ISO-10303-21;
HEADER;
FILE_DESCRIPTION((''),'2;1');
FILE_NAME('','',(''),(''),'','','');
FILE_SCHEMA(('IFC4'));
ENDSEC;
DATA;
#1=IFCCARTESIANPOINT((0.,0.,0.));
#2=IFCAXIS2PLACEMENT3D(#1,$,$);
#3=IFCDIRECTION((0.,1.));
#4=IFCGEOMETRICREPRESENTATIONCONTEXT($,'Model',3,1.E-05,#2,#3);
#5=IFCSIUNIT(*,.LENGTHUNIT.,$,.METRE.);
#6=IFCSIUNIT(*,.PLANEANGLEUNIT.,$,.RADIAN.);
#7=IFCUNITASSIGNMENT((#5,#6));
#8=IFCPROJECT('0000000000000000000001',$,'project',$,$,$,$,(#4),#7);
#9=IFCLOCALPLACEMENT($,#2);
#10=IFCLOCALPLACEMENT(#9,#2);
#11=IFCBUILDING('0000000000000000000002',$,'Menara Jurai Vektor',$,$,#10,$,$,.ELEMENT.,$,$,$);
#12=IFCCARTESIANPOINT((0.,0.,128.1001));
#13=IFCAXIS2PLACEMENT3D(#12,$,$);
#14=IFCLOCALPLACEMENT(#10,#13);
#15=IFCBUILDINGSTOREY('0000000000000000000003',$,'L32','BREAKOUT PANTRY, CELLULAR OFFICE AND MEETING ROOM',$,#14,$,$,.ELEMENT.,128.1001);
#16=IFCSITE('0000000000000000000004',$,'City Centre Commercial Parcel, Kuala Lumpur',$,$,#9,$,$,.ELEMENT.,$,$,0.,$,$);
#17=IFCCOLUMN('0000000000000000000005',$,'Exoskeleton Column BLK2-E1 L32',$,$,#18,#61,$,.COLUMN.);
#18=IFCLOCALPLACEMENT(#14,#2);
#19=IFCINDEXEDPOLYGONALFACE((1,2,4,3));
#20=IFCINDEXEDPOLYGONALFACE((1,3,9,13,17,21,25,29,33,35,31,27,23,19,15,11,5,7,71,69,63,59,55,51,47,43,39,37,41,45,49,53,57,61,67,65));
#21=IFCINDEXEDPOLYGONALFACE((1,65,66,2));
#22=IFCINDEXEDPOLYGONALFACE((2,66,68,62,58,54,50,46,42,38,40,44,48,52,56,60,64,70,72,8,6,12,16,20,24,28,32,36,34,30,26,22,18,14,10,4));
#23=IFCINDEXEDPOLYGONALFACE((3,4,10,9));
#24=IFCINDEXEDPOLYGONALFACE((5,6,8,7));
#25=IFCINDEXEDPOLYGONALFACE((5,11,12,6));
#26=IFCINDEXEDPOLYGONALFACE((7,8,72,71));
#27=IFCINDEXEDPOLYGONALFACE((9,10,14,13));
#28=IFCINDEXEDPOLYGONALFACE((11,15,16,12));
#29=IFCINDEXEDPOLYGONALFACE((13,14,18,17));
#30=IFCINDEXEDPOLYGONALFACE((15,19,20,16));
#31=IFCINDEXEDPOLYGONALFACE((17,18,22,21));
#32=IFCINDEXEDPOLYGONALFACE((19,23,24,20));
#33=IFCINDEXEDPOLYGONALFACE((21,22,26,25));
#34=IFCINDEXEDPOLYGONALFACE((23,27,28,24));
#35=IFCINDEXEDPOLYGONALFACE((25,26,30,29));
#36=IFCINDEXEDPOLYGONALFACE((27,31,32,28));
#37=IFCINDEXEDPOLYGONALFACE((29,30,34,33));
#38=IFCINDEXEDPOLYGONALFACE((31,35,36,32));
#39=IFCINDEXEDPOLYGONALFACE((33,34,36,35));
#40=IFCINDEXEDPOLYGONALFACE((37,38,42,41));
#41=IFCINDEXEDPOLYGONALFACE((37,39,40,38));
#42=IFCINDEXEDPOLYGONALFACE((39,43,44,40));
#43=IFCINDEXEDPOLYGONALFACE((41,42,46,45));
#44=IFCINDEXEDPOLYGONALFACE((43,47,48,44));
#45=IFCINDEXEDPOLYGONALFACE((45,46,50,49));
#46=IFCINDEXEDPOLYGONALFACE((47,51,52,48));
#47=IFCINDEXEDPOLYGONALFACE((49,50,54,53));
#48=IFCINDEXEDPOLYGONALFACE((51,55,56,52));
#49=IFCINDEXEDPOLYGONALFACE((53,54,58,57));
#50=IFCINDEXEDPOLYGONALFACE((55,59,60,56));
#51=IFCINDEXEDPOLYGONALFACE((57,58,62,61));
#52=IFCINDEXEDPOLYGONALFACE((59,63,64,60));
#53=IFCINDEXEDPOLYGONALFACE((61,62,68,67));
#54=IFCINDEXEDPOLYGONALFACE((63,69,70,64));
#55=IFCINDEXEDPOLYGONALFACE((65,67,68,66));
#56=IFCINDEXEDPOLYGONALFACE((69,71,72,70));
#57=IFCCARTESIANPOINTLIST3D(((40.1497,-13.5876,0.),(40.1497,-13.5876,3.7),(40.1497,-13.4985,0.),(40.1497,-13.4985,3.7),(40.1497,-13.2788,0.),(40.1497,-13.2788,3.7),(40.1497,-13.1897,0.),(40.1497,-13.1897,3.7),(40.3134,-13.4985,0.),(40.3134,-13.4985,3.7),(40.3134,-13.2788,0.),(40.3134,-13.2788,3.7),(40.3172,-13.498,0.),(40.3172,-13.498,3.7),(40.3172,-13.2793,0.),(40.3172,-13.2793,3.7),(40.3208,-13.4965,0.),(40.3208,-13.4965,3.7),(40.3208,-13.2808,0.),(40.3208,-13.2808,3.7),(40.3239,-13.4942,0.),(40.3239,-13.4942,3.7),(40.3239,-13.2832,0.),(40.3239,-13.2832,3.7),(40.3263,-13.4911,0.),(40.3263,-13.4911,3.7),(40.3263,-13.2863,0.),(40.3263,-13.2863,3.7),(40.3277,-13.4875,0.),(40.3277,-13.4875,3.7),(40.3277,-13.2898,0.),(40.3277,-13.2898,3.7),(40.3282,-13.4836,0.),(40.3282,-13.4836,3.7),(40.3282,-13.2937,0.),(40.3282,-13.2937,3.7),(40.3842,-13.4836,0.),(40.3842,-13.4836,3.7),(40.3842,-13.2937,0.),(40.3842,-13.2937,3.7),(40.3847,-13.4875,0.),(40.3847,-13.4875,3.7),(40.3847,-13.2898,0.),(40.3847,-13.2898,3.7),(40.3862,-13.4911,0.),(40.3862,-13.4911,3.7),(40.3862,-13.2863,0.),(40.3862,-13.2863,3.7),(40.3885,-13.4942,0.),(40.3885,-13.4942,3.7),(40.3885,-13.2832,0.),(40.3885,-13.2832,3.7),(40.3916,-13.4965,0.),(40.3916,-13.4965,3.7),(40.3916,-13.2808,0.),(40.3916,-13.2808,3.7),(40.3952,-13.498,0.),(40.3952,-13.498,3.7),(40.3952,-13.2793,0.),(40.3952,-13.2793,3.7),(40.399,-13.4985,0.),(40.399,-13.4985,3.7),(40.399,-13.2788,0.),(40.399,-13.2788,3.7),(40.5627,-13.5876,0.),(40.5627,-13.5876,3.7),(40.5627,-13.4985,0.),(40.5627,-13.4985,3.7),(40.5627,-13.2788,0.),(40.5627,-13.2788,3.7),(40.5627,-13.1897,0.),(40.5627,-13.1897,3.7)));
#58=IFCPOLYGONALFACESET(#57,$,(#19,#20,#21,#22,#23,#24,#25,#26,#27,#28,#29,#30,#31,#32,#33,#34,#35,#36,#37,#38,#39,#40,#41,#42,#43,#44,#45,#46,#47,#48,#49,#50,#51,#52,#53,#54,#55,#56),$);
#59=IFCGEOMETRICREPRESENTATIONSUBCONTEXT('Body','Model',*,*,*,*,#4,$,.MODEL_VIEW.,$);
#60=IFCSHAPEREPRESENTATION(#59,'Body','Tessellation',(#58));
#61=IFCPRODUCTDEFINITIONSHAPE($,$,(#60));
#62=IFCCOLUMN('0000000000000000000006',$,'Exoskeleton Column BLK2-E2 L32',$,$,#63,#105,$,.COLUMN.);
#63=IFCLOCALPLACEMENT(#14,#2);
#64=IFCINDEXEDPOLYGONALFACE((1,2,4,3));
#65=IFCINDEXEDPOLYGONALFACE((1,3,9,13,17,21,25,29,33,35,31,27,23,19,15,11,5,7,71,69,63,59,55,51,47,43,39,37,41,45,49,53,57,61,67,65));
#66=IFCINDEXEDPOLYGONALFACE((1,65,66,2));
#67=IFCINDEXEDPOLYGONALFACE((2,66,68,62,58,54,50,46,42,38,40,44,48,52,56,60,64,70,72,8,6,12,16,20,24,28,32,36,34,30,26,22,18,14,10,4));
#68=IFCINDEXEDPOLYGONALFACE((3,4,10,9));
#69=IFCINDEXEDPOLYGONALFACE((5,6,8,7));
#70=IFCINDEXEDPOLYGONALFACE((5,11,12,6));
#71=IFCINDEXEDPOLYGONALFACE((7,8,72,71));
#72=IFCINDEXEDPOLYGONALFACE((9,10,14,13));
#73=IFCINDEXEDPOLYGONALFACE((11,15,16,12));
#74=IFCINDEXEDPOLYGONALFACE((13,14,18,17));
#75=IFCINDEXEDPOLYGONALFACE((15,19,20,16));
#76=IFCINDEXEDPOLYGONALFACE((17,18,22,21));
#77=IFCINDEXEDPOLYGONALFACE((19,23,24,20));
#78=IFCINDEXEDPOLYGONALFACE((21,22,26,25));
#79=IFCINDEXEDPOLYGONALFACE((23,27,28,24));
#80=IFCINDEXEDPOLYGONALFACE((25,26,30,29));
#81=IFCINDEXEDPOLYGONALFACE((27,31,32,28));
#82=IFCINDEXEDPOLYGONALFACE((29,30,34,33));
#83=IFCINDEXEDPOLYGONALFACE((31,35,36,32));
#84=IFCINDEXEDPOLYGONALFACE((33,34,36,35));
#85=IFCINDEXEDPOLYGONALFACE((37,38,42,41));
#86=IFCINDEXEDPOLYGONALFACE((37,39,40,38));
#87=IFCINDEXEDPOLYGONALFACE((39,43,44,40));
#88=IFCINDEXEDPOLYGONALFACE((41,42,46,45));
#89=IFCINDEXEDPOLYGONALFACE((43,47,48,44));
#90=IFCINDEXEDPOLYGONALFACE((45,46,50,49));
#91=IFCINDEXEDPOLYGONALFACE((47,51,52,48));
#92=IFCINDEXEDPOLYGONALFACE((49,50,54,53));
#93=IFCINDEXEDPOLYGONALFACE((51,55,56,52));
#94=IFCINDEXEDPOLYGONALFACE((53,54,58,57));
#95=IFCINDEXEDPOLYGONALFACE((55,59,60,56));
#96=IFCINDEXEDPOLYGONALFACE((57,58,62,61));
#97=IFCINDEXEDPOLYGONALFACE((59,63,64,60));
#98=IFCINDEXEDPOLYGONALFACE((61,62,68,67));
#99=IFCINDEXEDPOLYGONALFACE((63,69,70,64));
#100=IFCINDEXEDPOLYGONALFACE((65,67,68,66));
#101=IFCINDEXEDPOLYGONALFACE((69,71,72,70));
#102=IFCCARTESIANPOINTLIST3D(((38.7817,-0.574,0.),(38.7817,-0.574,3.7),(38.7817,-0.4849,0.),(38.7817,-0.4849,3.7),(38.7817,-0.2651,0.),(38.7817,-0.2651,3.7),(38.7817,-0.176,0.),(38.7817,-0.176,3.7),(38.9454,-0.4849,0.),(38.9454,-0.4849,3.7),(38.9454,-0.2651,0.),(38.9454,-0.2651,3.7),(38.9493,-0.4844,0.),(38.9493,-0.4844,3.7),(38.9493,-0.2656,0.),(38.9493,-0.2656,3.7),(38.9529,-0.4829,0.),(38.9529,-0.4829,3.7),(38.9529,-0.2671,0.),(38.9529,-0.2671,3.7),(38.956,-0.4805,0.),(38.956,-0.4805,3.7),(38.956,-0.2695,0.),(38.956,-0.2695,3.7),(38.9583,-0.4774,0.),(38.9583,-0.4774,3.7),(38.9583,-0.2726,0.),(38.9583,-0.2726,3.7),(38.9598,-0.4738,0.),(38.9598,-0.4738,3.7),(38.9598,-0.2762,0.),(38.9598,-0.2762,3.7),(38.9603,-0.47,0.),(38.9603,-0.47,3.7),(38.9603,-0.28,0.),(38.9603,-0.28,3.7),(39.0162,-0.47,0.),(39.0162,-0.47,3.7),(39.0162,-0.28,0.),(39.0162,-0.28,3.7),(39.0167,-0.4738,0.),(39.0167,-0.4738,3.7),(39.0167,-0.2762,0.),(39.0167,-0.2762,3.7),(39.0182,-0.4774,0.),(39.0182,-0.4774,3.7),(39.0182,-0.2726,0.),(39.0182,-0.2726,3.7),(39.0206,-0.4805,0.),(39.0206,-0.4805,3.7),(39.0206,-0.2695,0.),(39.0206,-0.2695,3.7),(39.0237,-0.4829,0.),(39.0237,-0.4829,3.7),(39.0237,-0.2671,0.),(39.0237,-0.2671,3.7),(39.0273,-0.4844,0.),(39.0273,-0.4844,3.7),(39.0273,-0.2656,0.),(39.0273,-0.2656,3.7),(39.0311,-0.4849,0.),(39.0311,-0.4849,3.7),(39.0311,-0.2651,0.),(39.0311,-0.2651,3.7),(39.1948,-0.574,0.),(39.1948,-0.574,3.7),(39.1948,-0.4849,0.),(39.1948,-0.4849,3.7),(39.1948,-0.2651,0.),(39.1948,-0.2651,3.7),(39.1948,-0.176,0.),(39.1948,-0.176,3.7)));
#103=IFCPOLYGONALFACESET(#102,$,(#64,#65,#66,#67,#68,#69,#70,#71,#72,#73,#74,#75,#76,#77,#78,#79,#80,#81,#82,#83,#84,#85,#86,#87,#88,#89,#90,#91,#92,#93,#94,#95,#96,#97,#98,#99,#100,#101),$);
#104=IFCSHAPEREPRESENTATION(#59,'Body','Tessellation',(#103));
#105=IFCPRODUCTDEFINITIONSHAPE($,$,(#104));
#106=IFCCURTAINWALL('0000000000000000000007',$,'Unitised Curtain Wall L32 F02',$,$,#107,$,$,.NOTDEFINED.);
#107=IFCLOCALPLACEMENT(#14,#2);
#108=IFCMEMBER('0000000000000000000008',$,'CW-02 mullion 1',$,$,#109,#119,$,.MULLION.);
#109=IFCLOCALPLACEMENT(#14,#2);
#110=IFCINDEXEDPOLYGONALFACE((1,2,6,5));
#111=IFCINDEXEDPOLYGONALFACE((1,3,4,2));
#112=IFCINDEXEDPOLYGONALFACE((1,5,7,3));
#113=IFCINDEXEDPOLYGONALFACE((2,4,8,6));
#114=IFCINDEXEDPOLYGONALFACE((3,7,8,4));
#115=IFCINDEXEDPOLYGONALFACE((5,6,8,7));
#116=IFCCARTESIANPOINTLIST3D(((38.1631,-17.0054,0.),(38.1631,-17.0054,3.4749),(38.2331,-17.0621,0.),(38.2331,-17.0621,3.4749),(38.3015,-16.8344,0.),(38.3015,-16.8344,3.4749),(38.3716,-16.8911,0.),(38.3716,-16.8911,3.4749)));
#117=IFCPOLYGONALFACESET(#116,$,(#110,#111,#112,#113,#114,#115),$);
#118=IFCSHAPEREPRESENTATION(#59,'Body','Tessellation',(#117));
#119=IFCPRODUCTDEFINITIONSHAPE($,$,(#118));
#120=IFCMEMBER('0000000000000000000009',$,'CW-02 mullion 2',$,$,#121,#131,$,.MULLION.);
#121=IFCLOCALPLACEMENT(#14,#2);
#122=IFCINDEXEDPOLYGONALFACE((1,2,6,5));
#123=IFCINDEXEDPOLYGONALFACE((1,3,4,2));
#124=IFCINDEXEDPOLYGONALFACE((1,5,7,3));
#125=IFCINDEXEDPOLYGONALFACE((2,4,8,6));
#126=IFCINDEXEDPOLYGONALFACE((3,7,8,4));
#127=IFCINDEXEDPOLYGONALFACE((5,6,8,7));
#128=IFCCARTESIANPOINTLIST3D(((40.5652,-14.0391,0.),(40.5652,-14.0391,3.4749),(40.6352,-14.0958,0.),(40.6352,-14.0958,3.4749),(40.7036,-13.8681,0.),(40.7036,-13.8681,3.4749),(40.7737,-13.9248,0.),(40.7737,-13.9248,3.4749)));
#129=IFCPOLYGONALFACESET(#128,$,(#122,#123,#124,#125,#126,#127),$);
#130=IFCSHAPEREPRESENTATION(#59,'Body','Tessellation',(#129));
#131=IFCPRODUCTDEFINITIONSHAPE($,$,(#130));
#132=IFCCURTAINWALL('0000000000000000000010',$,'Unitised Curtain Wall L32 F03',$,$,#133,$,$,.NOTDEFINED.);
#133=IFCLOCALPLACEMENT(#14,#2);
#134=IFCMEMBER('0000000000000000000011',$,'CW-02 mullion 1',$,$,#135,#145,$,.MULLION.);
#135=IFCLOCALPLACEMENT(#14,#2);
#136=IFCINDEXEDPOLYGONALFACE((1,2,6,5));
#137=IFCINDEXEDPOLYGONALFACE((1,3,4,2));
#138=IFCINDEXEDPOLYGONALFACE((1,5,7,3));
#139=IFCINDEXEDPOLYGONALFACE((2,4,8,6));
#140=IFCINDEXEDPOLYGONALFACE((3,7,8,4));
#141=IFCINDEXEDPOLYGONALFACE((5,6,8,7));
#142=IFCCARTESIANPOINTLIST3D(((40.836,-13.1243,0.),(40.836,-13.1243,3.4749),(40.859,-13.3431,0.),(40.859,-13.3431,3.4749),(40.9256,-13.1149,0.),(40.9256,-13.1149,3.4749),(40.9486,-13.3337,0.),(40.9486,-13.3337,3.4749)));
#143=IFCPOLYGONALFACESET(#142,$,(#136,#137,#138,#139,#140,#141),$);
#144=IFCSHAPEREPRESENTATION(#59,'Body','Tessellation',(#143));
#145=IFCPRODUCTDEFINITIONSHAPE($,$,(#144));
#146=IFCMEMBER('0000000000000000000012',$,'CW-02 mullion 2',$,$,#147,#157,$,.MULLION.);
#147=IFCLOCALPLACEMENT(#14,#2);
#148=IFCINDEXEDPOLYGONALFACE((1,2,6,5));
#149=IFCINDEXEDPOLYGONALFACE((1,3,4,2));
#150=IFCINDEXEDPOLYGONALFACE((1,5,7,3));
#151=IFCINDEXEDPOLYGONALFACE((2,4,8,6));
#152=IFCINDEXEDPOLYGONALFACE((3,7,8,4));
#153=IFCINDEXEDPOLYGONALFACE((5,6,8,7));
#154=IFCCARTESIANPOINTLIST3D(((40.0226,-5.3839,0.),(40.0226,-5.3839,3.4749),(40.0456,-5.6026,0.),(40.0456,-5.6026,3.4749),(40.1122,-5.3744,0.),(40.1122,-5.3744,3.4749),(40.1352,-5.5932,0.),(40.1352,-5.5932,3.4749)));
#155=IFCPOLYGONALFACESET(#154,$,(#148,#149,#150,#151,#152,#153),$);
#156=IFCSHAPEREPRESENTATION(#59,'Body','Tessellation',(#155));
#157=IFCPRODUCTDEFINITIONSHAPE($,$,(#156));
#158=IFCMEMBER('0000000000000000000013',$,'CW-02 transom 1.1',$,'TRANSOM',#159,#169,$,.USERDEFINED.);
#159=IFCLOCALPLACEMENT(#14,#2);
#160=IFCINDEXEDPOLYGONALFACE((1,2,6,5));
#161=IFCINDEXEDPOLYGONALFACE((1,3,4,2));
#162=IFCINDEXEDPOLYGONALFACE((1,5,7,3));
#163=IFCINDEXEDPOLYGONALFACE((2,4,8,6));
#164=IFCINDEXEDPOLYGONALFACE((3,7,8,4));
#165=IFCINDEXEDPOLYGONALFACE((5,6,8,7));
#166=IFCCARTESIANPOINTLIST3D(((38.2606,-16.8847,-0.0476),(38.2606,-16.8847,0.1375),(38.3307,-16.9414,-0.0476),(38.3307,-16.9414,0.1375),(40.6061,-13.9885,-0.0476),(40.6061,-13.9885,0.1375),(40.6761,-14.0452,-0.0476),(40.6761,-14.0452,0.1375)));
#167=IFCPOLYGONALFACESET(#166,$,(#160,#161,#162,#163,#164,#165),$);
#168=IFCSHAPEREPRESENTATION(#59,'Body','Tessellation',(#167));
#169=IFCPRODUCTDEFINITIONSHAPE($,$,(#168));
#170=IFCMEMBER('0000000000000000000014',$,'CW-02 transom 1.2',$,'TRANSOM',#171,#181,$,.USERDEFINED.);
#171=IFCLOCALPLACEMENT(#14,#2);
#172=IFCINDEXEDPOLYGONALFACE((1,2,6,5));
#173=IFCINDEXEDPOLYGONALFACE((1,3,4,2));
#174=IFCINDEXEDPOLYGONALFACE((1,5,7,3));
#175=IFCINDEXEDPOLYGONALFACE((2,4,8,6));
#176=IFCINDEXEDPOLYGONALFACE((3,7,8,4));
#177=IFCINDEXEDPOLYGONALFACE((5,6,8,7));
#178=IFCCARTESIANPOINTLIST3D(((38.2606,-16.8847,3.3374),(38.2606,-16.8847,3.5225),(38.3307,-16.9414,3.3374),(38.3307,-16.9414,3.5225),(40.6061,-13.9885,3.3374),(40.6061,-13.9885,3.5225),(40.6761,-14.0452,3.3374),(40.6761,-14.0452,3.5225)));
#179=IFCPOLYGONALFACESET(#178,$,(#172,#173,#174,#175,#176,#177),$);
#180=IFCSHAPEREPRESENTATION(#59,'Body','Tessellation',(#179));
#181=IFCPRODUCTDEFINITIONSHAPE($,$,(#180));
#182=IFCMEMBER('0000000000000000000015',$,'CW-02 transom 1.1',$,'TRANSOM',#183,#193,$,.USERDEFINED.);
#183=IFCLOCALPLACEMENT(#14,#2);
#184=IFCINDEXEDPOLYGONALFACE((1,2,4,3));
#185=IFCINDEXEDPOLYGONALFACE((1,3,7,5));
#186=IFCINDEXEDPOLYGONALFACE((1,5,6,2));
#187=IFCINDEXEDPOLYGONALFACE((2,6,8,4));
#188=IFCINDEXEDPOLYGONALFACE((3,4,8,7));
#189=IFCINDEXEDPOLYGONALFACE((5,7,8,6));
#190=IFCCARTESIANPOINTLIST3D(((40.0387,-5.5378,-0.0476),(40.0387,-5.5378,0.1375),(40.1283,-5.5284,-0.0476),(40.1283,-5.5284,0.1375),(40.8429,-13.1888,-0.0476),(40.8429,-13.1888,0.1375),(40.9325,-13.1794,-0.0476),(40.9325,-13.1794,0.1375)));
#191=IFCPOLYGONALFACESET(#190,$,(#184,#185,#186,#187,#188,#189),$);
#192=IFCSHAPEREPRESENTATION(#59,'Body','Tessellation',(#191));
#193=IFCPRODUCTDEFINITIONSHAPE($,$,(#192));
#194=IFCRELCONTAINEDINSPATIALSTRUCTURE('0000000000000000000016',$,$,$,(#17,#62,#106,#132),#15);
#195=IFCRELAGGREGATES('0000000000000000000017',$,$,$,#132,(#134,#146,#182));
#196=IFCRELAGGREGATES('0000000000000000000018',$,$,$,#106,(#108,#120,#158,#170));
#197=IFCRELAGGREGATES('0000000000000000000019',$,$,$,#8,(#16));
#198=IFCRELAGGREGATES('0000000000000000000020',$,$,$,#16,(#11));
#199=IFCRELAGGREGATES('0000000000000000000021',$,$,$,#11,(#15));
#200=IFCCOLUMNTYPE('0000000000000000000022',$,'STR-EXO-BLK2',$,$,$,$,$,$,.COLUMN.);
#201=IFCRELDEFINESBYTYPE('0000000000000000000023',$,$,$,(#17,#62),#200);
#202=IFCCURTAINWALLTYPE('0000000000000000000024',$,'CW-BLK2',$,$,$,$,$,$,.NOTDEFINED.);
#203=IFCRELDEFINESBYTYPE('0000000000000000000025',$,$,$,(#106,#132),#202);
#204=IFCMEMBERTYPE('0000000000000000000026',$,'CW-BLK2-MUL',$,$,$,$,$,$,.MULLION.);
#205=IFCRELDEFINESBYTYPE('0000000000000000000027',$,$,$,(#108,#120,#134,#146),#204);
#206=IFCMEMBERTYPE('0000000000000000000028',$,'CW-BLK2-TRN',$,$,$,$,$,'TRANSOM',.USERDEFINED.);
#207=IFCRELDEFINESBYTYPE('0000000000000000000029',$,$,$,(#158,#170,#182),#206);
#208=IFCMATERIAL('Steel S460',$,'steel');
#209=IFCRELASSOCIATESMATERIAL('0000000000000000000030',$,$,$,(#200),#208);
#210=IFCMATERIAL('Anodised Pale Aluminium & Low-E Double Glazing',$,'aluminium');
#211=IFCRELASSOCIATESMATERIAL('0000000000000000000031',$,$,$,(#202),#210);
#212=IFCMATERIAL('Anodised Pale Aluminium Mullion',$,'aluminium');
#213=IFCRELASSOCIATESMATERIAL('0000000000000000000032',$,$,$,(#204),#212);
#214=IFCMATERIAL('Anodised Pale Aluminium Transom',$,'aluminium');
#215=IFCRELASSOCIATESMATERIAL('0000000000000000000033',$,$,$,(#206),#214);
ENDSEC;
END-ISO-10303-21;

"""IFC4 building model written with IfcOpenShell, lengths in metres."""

from ifc_helpers import new_model, si_unit, direction, frame, origin, origin_2d, place, context, subcontext, project, spatial, rectangle, i_section, extrude, material, material_profile, profile_set, type_object, element, aggregate, save


model = new_model("IFC4")

# Units and contexts
model_context = context("Model", 3, precision=1e-05, world=origin(), true_north=direction((0.0, 1.0)))
body_context = subcontext(model_context, "Body", "Model", "MODEL_VIEW")
ifc_project = project(units=[si_unit("LENGTHUNIT", "METRE"), si_unit("PLANEANGLEUNIT", "RADIAN")], contexts=[model_context])

# Site, building, storey
site_placement = place(None, origin())
site = spatial("IfcSite", under=ifc_project, at=site_placement, Name="City Centre Commercial Parcel, Kuala Lumpur", CompositionType="ELEMENT", RefElevation=0.0)
building_placement = place(site_placement, origin())
building = spatial("IfcBuilding", under=site, at=building_placement, Name="Menara Jurai Vektor", CompositionType="ELEMENT")
storey_placement = place(building_placement, frame((0.0, 0.0, 128.1001)))
storey = spatial("IfcBuildingStorey", under=building, at=storey_placement, Name="L32", Description="BREAKOUT PANTRY, CELLULAR OFFICE AND MEETING ROOM", CompositionType="ELEMENT", Elevation=128.1001)

# Columns
ifc_material_1 = material(Name="Steel S460", Category="steel")
ifc_material_profile_1 = material_profile(ifc_material_1, i_section(OverallWidth=0.4131, OverallDepth=0.3979, WebThickness=0.0559, FlangeThickness=0.0891, FilletRadius=0.0149, at=origin_2d()), Name="HD 400x744")
ifc_profile_set_1 = profile_set([ifc_material_profile_1], Name="Steel S460")
column_type = type_object("IfcColumnType", Name="STR-EXO-BLK2", PredefinedType="COLUMN", material=ifc_profile_set_1)
for number, where, z_axis, x_axis, name in (
    (1, (40.3562, -13.3887, 0.0), (0.0, 0.0, 1.0), (1.0, 0.0, 0.0), "Exoskeleton Column BLK2-E1 L32"),
    (2, (38.9883, -0.375, 0.0), (0.0, 0.0, 1.0), (1.0, 0.0, 0.0), "Exoskeleton Column BLK2-E2 L32"),
):
    element("IfcColumn", number, at=place(storey_placement, frame(where, z_axis=z_axis, x_axis=x_axis)), inside=storey, type_object=column_type, Name=name, PredefinedType="COLUMN", context=body_context, shape_type="SweptSolid", body=[
        extrude(i_section(OverallWidth=0.4131, OverallDepth=0.3979, WebThickness=0.0559, FlangeThickness=0.0891, FilletRadius=0.0149, at=origin_2d()), origin(), (0.0, 0.0, 1.0), 3.7),
    ])

# Curtain walls, members
ifc_material_2 = material(Name="Anodised Pale Aluminium & Low-E Double Glazing", Category="aluminium")
curtain_wall_type = type_object("IfcCurtainWallType", Name="CW-BLK2", PredefinedType="NOTDEFINED", material=ifc_material_2)
curtain_wall_1_placement = place(storey_placement, origin())
curtain_wall_1 = element("IfcCurtainWall", 3, at=curtain_wall_1_placement, inside=storey, type_object=curtain_wall_type, Name="Unitised Curtain Wall L32 F02", PredefinedType="NOTDEFINED")
ifc_material_3 = material(Name="Anodised Pale Aluminium Mullion", Category="aluminium")
ifc_material_profile_2 = material_profile(ifc_material_3, rectangle(XDim=0.0901, YDim=0.22, at=origin_2d()), Name="ALU MUL 90x220")
ifc_profile_set_2 = profile_set([ifc_material_profile_2], Name="Anodised Pale Aluminium Mullion")
member_type_1 = type_object("IfcMemberType", Name="CW-BLK2-MUL", PredefinedType="MULLION", material=ifc_profile_set_2)
member_1_placement = place(storey_placement, frame((38.2673, -16.9482, 0.0), z_axis=(0.0, 0.0, 1.0), x_axis=(-0.777129, 0.629341, 0.0)))
member_1 = element("IfcMember", 4, at=member_1_placement, type_object=member_type_1, Name="CW-02 mullion 1", PredefinedType="MULLION", context=body_context, shape_type="SweptSolid", body=[
    extrude(rectangle(XDim=0.0901, YDim=0.22, at=origin_2d()), origin(), (0.0, 0.0, 1.0), 3.4749),
])
member_2_placement = place(storey_placement, frame((40.6694, -13.9819, 0.0), z_axis=(0.0, 0.0, 1.0), x_axis=(-0.777129, 0.629341, 0.0)))
member_2 = element("IfcMember", 5, at=member_2_placement, type_object=member_type_1, Name="CW-02 mullion 2", PredefinedType="MULLION", context=body_context, shape_type="SweptSolid", body=[
    extrude(rectangle(XDim=0.0901, YDim=0.22, at=origin_2d()), origin(), (0.0, 0.0, 1.0), 3.4749),
])
curtain_wall_2_placement = place(storey_placement, origin())
curtain_wall_2 = element("IfcCurtainWall", 6, at=curtain_wall_2_placement, inside=storey, type_object=curtain_wall_type, Name="Unitised Curtain Wall L32 F03", PredefinedType="NOTDEFINED")
member_3_placement = place(storey_placement, frame((40.8923, -13.229, 0.0), z_axis=(0.0, 0.0, 1.0), x_axis=(-0.994522, -0.10453, 0.0)))
member_3 = element("IfcMember", 7, at=member_3_placement, type_object=member_type_1, Name="CW-02 mullion 1", PredefinedType="MULLION", context=body_context, shape_type="SweptSolid", body=[
    extrude(rectangle(XDim=0.0901, YDim=0.22, at=origin_2d()), origin(), (0.0, 0.0, 1.0), 3.4749),
])
member_4_placement = place(storey_placement, frame((40.0789, -5.4885, 0.0), z_axis=(0.0, 0.0, 1.0), x_axis=(-0.994522, -0.10453, 0.0)))
member_4 = element("IfcMember", 8, at=member_4_placement, type_object=member_type_1, Name="CW-02 mullion 2", PredefinedType="MULLION", context=body_context, shape_type="SweptSolid", body=[
    extrude(rectangle(XDim=0.0901, YDim=0.22, at=origin_2d()), origin(), (0.0, 0.0, 1.0), 3.4749),
])

# Members
ifc_material_4 = material(Name="Anodised Pale Aluminium Transom", Category="aluminium")
ifc_material_profile_3 = material_profile(ifc_material_4, rectangle(XDim=0.0901, YDim=0.1851, at=origin_2d()), Name="ALU TRN 90x185")
ifc_profile_set_3 = profile_set([ifc_material_profile_3], Name="Anodised Pale Aluminium Transom")
member_type_2 = type_object("IfcMemberType", Name="CW-BLK2-TRN", ElementType="TRANSOM", PredefinedType="USERDEFINED", material=ifc_profile_set_3)
member_5_placement = place(storey_placement, frame((38.2957, -16.9131, 0.0449), z_axis=(0.629341, 0.777129, 0.0), x_axis=(-0.777129, 0.629341, 0.0)))
member_5 = element("IfcMember", 9, at=member_5_placement, type_object=member_type_2, Name="CW-02 transom 1.1", ObjectType="TRANSOM", PredefinedType="USERDEFINED", context=body_context, shape_type="SweptSolid", body=[
    extrude(rectangle(XDim=0.0901, YDim=0.1851, at=origin_2d()), origin(), (0.0, 0.0, 1.0), 3.7268),
])
member_6_placement = place(storey_placement, frame((38.2957, -16.9131, 3.4299), z_axis=(0.629341, 0.777129, 0.0), x_axis=(-0.777129, 0.629341, 0.0)))
member_6 = element("IfcMember", 10, at=member_6_placement, type_object=member_type_2, Name="CW-02 transom 1.2", ObjectType="TRANSOM", PredefinedType="USERDEFINED", context=body_context, shape_type="SweptSolid", body=[
    extrude(rectangle(XDim=0.0901, YDim=0.1851, at=origin_2d()), origin(), (0.0, 0.0, 1.0), 3.7268),
])
member_7_placement = place(storey_placement, frame((40.8877, -13.1841, 0.0449), z_axis=(-0.104536, 0.994521, 0.0), x_axis=(-0.994521, -0.104536, 0.0)))
member_7 = element("IfcMember", 11, at=member_7_placement, type_object=member_type_2, Name="CW-02 transom 1.1", ObjectType="TRANSOM", PredefinedType="USERDEFINED", context=body_context, shape_type="SweptSolid", body=[
    extrude(rectangle(XDim=0.0901, YDim=0.1851, at=origin_2d()), origin(), (0.0, 0.0, 1.0), 7.6931),
])

aggregate(curtain_wall_2, [member_3, member_4, member_7])
aggregate(curtain_wall_1, [member_1, member_2, member_5, member_6])

save(model, "model.ifc")
